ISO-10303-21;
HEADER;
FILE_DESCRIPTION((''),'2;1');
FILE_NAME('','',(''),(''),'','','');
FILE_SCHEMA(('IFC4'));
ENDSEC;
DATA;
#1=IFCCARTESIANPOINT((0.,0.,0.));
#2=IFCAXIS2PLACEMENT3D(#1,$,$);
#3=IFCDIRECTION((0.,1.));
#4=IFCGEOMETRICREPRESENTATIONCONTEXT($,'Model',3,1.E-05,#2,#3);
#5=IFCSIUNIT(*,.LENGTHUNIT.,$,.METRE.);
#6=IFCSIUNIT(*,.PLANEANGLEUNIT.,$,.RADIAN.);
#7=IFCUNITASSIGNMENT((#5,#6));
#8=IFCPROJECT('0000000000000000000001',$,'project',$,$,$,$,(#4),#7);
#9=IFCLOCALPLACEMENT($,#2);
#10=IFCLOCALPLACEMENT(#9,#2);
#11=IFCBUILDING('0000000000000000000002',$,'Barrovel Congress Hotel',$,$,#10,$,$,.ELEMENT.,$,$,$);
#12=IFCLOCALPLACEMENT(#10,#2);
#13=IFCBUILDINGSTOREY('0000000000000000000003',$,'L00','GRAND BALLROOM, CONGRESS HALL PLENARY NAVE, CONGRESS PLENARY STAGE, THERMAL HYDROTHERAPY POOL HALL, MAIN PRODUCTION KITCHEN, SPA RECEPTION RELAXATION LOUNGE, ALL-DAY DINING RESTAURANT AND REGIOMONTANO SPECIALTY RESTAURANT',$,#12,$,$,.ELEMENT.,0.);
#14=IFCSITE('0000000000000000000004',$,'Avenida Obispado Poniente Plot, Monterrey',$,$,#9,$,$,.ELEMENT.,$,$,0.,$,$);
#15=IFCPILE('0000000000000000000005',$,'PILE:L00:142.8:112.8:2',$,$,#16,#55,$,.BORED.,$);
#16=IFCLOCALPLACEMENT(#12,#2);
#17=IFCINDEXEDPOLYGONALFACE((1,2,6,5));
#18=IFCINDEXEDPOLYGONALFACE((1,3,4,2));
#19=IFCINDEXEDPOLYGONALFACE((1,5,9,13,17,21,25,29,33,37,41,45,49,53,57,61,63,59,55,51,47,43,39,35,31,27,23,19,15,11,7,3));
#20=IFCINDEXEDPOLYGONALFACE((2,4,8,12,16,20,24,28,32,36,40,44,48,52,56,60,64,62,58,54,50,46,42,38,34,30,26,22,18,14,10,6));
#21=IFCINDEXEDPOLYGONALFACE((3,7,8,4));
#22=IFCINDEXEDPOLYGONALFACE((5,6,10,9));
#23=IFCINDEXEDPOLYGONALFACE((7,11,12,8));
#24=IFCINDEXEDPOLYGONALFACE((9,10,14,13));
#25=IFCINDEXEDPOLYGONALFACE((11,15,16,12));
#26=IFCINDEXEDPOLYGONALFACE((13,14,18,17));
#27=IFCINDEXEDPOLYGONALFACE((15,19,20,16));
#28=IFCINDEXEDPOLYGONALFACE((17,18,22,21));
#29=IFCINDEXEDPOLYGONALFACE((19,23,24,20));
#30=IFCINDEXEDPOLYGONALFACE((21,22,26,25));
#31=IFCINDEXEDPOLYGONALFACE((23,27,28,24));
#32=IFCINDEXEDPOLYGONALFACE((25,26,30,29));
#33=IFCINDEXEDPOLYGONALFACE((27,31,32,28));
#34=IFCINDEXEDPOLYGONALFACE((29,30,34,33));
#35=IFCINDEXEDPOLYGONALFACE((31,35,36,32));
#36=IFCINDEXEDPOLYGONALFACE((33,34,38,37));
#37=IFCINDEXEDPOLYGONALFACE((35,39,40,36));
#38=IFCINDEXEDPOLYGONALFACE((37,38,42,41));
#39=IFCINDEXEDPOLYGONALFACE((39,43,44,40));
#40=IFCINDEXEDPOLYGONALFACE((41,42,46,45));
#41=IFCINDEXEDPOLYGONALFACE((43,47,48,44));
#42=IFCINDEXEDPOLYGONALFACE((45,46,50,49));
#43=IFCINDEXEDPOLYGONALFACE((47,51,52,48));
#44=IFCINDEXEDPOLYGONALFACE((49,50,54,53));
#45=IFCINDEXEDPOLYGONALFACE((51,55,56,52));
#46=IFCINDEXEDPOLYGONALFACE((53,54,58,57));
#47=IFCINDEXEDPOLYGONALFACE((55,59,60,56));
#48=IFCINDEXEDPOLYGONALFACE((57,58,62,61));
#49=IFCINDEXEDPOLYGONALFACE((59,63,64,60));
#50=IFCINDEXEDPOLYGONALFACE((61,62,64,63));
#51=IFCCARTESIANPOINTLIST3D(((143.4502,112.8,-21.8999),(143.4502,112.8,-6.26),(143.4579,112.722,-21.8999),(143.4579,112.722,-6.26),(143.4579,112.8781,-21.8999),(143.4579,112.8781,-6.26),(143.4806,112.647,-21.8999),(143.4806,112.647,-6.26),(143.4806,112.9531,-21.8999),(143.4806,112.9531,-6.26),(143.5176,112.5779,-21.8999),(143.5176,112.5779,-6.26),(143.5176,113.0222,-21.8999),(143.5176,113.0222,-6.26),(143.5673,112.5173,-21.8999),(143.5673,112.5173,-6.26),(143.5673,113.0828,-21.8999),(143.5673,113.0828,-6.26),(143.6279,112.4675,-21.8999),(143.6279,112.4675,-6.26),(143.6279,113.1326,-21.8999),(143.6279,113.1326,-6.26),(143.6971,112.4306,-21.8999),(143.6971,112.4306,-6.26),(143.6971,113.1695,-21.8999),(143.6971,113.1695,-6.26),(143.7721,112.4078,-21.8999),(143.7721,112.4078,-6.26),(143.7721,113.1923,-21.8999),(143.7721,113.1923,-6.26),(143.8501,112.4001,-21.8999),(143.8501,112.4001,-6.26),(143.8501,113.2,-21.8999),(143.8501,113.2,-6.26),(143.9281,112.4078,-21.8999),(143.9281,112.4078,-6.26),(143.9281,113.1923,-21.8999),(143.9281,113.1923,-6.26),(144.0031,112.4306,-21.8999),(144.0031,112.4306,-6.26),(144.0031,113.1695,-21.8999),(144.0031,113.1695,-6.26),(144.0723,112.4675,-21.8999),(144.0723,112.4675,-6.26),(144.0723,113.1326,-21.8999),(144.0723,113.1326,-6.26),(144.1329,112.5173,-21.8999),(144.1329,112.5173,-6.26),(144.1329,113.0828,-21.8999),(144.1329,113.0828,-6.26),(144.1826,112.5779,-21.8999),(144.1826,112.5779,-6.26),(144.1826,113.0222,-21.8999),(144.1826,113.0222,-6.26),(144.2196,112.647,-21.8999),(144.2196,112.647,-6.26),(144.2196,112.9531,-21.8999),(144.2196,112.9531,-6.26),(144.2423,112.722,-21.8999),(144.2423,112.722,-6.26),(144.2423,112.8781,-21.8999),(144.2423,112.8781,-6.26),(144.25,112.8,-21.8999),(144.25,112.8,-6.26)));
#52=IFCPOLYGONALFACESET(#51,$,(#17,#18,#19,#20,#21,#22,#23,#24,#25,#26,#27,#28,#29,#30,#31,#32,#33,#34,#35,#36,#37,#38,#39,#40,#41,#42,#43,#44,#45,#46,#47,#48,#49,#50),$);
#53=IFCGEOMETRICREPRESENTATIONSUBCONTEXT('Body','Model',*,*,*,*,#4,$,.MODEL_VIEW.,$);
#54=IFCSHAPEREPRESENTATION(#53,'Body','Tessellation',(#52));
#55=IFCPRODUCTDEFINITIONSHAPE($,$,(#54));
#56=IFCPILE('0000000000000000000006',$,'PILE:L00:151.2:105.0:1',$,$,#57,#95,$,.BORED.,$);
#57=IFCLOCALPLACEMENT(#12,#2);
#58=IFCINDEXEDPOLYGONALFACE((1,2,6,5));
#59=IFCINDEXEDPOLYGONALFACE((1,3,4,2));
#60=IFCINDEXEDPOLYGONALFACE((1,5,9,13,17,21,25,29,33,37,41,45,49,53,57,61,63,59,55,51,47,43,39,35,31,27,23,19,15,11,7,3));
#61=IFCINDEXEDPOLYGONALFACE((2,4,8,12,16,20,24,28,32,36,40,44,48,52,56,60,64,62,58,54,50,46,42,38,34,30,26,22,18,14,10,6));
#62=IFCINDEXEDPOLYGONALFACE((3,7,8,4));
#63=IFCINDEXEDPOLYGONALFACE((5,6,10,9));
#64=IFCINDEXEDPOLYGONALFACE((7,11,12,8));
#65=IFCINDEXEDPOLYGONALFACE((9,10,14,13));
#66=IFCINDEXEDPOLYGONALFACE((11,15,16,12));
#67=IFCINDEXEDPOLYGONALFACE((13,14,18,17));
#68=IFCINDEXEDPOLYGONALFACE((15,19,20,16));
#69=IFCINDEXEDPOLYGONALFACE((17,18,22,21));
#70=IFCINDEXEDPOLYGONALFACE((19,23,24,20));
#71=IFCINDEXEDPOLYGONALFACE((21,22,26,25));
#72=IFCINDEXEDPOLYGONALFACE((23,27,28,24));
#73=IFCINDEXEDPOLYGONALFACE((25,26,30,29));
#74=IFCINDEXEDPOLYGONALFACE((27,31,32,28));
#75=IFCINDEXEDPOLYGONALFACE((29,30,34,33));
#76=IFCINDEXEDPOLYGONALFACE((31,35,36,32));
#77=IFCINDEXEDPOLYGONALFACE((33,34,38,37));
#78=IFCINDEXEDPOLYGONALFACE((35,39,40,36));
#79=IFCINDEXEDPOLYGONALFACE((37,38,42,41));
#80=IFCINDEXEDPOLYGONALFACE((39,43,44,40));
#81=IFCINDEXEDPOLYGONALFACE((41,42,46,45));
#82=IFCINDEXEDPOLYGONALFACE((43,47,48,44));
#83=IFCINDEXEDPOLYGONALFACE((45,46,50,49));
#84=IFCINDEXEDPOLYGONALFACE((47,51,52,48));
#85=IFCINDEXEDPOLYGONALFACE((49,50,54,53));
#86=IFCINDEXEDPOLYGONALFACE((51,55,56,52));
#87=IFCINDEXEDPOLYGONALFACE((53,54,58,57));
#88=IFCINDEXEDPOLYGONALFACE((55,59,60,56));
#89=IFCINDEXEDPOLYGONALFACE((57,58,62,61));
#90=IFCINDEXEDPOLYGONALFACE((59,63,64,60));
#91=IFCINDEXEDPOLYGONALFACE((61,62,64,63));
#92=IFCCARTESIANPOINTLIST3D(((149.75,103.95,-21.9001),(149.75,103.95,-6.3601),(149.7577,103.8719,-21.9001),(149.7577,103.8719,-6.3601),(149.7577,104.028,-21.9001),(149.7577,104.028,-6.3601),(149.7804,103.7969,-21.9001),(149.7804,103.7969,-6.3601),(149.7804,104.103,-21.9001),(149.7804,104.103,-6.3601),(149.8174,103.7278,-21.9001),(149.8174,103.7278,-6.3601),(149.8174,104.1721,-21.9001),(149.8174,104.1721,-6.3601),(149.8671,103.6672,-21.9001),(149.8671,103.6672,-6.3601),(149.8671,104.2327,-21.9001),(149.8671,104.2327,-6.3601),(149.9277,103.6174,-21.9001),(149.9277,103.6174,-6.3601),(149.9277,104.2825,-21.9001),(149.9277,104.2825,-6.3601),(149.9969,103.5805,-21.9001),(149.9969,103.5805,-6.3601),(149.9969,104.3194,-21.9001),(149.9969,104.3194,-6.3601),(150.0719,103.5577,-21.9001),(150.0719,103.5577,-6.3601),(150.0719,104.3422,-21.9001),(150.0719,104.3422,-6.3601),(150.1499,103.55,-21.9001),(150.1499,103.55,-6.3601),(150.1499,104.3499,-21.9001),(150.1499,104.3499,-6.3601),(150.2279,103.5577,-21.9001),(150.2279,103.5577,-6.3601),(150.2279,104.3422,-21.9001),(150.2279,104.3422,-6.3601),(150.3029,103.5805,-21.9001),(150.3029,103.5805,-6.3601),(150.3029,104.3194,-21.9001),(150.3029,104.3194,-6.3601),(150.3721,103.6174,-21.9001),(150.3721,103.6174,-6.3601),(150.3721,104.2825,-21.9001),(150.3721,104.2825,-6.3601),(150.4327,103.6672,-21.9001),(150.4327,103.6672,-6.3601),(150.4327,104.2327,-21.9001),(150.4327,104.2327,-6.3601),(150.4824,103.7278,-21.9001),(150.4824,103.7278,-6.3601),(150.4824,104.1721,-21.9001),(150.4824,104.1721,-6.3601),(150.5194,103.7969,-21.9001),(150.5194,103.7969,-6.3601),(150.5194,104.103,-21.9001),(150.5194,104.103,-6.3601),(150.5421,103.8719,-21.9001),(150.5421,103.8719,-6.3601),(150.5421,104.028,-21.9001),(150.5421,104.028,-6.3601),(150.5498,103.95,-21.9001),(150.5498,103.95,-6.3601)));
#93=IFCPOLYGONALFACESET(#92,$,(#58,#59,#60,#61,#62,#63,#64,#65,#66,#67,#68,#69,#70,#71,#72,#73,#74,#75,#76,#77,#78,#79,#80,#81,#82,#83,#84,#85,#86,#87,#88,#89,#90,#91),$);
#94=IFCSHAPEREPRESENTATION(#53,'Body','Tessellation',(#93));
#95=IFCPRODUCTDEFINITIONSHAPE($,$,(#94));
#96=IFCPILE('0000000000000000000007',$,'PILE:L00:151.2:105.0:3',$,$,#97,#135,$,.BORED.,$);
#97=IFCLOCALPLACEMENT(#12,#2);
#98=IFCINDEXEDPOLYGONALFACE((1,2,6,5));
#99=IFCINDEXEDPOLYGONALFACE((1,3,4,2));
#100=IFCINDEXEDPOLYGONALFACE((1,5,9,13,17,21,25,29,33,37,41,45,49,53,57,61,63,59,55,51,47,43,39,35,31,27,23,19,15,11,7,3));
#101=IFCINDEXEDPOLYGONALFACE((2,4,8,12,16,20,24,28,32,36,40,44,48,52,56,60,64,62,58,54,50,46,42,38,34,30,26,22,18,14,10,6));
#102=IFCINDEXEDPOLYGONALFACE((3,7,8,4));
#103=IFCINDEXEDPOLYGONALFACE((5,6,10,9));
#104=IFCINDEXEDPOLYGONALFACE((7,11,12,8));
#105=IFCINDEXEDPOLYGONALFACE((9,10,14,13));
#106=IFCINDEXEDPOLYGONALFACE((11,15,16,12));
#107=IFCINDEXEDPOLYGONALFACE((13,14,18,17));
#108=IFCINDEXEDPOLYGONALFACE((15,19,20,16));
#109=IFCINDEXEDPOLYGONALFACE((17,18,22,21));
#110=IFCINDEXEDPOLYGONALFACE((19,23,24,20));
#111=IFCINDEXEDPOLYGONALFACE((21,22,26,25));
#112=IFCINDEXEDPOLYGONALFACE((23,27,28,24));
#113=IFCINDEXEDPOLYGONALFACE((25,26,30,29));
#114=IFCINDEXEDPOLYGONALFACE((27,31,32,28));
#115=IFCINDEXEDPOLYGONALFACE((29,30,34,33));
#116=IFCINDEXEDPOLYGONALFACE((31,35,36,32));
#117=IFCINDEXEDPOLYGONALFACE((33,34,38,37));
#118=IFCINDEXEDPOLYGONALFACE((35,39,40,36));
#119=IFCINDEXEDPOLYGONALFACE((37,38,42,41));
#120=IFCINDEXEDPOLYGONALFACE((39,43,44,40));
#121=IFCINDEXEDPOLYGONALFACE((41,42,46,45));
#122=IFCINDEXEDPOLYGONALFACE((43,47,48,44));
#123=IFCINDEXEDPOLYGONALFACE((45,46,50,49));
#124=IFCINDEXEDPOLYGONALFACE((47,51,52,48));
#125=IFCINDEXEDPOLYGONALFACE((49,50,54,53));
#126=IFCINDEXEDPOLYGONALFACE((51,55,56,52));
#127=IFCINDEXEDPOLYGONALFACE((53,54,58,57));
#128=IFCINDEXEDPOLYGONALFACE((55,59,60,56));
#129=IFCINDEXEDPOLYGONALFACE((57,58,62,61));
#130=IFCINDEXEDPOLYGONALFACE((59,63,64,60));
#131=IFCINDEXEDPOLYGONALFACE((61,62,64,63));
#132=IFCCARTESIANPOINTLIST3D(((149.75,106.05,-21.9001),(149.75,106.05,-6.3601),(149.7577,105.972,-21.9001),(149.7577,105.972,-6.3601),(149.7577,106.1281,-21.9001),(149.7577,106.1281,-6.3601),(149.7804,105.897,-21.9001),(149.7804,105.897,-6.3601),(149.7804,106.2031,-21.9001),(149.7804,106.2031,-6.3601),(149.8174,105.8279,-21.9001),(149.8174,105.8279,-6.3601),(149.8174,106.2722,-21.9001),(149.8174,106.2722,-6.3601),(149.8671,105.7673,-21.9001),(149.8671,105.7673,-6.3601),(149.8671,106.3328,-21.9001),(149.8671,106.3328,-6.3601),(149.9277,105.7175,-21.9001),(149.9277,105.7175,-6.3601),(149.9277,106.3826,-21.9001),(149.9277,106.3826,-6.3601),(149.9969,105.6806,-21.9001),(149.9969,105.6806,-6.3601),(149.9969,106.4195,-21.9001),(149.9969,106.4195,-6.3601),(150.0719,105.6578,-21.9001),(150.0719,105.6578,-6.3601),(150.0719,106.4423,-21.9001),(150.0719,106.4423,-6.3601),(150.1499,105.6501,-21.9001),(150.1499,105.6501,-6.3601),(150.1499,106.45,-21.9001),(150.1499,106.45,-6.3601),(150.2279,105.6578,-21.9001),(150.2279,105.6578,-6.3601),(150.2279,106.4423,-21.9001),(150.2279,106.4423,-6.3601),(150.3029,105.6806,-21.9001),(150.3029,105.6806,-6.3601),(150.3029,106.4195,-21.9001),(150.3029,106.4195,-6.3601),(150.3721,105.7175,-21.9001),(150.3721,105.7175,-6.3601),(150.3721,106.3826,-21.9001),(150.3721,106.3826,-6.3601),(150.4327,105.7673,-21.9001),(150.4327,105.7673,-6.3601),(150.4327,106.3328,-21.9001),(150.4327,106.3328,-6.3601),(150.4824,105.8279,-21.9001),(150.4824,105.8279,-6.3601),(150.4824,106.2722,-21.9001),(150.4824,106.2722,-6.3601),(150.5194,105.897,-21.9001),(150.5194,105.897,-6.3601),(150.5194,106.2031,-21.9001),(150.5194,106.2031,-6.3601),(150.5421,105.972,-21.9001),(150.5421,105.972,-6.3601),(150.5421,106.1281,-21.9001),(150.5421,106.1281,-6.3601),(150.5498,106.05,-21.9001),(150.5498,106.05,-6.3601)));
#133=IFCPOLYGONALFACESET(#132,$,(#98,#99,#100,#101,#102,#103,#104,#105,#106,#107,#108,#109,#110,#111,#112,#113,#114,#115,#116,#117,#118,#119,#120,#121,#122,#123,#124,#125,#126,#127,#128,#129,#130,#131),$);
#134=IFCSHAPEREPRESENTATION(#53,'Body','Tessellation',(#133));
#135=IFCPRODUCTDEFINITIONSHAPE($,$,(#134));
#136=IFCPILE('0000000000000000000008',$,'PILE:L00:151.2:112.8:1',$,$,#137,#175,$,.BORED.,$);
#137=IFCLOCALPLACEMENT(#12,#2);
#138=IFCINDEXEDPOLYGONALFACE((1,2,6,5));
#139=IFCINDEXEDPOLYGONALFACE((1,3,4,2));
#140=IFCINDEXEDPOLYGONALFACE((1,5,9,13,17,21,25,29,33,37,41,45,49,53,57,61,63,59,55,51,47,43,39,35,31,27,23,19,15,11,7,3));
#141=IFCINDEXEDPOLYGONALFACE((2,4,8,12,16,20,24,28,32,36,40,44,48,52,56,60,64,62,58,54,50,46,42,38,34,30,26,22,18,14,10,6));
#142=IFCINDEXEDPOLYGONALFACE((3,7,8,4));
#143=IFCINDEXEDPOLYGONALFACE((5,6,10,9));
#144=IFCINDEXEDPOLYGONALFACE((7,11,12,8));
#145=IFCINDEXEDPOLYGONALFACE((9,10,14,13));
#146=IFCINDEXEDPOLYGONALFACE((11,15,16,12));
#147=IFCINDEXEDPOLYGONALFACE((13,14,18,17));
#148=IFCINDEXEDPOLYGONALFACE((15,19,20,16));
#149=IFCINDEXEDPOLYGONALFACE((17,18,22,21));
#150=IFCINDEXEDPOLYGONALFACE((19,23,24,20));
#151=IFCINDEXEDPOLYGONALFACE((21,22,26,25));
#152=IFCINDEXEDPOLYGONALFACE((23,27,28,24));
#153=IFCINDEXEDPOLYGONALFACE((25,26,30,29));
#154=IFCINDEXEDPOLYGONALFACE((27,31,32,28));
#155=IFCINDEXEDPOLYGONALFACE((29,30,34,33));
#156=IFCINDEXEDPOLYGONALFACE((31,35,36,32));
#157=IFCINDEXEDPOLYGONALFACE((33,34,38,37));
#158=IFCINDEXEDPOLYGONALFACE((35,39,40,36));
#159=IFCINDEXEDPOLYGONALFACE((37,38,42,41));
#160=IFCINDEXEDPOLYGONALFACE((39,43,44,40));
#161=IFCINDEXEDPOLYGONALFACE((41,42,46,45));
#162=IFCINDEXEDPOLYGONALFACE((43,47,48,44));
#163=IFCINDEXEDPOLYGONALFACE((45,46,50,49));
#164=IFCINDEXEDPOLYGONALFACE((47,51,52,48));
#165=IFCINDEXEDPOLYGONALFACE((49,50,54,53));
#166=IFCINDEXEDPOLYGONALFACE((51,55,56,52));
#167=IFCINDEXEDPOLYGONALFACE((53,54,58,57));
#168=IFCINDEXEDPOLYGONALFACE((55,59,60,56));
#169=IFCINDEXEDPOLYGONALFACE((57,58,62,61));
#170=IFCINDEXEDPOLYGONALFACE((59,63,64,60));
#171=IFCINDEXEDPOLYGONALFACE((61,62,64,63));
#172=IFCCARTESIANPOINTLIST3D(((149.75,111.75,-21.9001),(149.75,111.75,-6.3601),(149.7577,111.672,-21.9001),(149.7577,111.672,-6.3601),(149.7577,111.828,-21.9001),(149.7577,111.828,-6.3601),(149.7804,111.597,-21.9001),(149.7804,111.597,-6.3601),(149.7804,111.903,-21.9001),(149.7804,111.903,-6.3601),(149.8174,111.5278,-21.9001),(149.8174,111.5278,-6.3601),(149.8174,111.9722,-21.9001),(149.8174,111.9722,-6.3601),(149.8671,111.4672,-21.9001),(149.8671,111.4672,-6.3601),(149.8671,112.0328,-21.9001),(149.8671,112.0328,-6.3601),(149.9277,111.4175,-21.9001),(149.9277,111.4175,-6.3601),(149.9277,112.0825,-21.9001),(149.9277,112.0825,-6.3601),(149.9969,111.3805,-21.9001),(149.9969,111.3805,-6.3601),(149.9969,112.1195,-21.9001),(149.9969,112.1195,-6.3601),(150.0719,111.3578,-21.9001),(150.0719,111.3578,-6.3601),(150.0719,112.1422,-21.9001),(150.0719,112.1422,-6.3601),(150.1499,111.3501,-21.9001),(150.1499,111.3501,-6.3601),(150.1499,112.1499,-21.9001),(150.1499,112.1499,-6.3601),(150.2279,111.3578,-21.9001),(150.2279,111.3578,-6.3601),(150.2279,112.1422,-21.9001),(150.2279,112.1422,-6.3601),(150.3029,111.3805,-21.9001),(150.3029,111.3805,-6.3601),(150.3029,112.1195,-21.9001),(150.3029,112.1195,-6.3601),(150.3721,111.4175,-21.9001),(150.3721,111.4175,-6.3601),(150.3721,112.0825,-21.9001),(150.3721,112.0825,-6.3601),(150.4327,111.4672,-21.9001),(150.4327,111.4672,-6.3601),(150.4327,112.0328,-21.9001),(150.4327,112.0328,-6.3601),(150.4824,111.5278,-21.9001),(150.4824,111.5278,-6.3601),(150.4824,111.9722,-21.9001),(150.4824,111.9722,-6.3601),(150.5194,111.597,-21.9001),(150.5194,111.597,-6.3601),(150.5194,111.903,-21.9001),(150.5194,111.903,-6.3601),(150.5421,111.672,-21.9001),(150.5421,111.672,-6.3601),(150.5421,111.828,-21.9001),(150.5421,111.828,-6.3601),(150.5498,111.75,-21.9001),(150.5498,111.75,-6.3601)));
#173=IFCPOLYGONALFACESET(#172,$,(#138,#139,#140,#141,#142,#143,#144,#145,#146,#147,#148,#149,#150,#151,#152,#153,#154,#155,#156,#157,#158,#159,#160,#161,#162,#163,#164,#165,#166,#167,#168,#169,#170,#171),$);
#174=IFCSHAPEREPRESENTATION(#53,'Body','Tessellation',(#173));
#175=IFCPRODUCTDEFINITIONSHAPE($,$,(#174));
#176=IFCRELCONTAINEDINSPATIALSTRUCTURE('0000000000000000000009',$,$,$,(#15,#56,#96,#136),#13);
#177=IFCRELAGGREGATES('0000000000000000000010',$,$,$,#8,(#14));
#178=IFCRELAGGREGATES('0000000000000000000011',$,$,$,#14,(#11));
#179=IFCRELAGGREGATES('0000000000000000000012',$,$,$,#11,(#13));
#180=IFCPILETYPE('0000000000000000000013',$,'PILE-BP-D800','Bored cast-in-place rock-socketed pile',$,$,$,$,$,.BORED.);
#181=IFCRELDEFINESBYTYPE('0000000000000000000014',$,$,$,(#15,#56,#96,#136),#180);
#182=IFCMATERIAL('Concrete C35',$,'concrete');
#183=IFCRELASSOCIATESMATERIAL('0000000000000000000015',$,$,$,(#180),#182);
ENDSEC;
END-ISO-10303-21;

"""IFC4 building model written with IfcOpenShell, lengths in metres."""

from ifc_helpers import new_model, si_unit, direction, frame, origin, origin_2d, place, context, subcontext, project, spatial, circle, extrude, material, material_profile, profile_set, type_object, element, save


model = new_model("IFC4")

# Units and contexts
model_context = context("Model", 3, precision=1e-05, world=origin(), true_north=direction((0.0, 1.0)))
body_context = subcontext(model_context, "Body", "Model", "MODEL_VIEW")
ifc_project = project(units=[si_unit("LENGTHUNIT", "METRE"), si_unit("PLANEANGLEUNIT", "RADIAN")], contexts=[model_context])

# Site, building, storey
site_placement = place(None, origin())
site = spatial("IfcSite", under=ifc_project, at=site_placement, Name="Avenida Obispado Poniente Plot, Monterrey", CompositionType="ELEMENT", RefElevation=0.0)
building_placement = place(site_placement, origin())
building = spatial("IfcBuilding", under=site, at=building_placement, Name="Barrovel Congress Hotel", CompositionType="ELEMENT")
storey_placement = place(building_placement, origin())
storey = spatial("IfcBuildingStorey", under=building, at=storey_placement, Name="L00", Description="GRAND BALLROOM, CONGRESS HALL PLENARY NAVE, CONGRESS PLENARY STAGE, THERMAL HYDROTHERAPY POOL HALL, MAIN PRODUCTION KITCHEN, SPA RECEPTION RELAXATION LOUNGE, ALL-DAY DINING RESTAURANT AND REGIOMONTANO SPECIALTY RESTAURANT", CompositionType="ELEMENT", Elevation=0.0)

# Piles
ifc_material_1 = material(Name="Concrete C35", Category="concrete")
ifc_material_profile_1 = material_profile(ifc_material_1, circle(Radius=0.3999, at=origin_2d()), Name="BP-D800")
ifc_profile_set_1 = profile_set([ifc_material_profile_1], Name="Concrete C35")
pile_type = type_object("IfcPileType", Name="PILE-BP-D800", Description="Bored cast-in-place rock-socketed pile", PredefinedType="BORED", material=ifc_profile_set_1)
for number, where, z_axis, x_axis, name in (
    (1, (143.8501, 112.8, -6.26), (0.0, 0.0, -1.0), (1.0, 0.0, 0.0), "PILE:L00:142.8:112.8:2"),
):
    element("IfcPile", number, at=place(storey_placement, frame(where, z_axis=z_axis, x_axis=x_axis)), inside=storey, type_object=pile_type, Name=name, PredefinedType="BORED", context=body_context, shape_type="SweptSolid", body=[
        extrude(circle(Radius=0.3999, at=origin_2d()), origin(), (0.0, 0.0, 1.0), 15.6399),
    ])
for number, where, z_axis, x_axis, name in (
    (2, (150.1499, 103.95, -6.3601), (0.0, 0.0, -1.0), (1.0, 0.0, 0.0), "PILE:L00:151.2:105.0:1"),
    (3, (150.1499, 106.05, -6.3601), (0.0, 0.0, -1.0), (1.0, 0.0, 0.0), "PILE:L00:151.2:105.0:3"),
    (4, (150.1499, 111.75, -6.3601), (0.0, 0.0, -1.0), (1.0, 0.0, 0.0), "PILE:L00:151.2:112.8:1"),
):
    element("IfcPile", number, at=place(storey_placement, frame(where, z_axis=z_axis, x_axis=x_axis)), inside=storey, type_object=pile_type, Name=name, PredefinedType="BORED", context=body_context, shape_type="SweptSolid", body=[
        extrude(circle(Radius=0.3999, at=origin_2d()), origin(), (0.0, 0.0, 1.0), 15.54),
    ])

save(model, "model.ifc")
